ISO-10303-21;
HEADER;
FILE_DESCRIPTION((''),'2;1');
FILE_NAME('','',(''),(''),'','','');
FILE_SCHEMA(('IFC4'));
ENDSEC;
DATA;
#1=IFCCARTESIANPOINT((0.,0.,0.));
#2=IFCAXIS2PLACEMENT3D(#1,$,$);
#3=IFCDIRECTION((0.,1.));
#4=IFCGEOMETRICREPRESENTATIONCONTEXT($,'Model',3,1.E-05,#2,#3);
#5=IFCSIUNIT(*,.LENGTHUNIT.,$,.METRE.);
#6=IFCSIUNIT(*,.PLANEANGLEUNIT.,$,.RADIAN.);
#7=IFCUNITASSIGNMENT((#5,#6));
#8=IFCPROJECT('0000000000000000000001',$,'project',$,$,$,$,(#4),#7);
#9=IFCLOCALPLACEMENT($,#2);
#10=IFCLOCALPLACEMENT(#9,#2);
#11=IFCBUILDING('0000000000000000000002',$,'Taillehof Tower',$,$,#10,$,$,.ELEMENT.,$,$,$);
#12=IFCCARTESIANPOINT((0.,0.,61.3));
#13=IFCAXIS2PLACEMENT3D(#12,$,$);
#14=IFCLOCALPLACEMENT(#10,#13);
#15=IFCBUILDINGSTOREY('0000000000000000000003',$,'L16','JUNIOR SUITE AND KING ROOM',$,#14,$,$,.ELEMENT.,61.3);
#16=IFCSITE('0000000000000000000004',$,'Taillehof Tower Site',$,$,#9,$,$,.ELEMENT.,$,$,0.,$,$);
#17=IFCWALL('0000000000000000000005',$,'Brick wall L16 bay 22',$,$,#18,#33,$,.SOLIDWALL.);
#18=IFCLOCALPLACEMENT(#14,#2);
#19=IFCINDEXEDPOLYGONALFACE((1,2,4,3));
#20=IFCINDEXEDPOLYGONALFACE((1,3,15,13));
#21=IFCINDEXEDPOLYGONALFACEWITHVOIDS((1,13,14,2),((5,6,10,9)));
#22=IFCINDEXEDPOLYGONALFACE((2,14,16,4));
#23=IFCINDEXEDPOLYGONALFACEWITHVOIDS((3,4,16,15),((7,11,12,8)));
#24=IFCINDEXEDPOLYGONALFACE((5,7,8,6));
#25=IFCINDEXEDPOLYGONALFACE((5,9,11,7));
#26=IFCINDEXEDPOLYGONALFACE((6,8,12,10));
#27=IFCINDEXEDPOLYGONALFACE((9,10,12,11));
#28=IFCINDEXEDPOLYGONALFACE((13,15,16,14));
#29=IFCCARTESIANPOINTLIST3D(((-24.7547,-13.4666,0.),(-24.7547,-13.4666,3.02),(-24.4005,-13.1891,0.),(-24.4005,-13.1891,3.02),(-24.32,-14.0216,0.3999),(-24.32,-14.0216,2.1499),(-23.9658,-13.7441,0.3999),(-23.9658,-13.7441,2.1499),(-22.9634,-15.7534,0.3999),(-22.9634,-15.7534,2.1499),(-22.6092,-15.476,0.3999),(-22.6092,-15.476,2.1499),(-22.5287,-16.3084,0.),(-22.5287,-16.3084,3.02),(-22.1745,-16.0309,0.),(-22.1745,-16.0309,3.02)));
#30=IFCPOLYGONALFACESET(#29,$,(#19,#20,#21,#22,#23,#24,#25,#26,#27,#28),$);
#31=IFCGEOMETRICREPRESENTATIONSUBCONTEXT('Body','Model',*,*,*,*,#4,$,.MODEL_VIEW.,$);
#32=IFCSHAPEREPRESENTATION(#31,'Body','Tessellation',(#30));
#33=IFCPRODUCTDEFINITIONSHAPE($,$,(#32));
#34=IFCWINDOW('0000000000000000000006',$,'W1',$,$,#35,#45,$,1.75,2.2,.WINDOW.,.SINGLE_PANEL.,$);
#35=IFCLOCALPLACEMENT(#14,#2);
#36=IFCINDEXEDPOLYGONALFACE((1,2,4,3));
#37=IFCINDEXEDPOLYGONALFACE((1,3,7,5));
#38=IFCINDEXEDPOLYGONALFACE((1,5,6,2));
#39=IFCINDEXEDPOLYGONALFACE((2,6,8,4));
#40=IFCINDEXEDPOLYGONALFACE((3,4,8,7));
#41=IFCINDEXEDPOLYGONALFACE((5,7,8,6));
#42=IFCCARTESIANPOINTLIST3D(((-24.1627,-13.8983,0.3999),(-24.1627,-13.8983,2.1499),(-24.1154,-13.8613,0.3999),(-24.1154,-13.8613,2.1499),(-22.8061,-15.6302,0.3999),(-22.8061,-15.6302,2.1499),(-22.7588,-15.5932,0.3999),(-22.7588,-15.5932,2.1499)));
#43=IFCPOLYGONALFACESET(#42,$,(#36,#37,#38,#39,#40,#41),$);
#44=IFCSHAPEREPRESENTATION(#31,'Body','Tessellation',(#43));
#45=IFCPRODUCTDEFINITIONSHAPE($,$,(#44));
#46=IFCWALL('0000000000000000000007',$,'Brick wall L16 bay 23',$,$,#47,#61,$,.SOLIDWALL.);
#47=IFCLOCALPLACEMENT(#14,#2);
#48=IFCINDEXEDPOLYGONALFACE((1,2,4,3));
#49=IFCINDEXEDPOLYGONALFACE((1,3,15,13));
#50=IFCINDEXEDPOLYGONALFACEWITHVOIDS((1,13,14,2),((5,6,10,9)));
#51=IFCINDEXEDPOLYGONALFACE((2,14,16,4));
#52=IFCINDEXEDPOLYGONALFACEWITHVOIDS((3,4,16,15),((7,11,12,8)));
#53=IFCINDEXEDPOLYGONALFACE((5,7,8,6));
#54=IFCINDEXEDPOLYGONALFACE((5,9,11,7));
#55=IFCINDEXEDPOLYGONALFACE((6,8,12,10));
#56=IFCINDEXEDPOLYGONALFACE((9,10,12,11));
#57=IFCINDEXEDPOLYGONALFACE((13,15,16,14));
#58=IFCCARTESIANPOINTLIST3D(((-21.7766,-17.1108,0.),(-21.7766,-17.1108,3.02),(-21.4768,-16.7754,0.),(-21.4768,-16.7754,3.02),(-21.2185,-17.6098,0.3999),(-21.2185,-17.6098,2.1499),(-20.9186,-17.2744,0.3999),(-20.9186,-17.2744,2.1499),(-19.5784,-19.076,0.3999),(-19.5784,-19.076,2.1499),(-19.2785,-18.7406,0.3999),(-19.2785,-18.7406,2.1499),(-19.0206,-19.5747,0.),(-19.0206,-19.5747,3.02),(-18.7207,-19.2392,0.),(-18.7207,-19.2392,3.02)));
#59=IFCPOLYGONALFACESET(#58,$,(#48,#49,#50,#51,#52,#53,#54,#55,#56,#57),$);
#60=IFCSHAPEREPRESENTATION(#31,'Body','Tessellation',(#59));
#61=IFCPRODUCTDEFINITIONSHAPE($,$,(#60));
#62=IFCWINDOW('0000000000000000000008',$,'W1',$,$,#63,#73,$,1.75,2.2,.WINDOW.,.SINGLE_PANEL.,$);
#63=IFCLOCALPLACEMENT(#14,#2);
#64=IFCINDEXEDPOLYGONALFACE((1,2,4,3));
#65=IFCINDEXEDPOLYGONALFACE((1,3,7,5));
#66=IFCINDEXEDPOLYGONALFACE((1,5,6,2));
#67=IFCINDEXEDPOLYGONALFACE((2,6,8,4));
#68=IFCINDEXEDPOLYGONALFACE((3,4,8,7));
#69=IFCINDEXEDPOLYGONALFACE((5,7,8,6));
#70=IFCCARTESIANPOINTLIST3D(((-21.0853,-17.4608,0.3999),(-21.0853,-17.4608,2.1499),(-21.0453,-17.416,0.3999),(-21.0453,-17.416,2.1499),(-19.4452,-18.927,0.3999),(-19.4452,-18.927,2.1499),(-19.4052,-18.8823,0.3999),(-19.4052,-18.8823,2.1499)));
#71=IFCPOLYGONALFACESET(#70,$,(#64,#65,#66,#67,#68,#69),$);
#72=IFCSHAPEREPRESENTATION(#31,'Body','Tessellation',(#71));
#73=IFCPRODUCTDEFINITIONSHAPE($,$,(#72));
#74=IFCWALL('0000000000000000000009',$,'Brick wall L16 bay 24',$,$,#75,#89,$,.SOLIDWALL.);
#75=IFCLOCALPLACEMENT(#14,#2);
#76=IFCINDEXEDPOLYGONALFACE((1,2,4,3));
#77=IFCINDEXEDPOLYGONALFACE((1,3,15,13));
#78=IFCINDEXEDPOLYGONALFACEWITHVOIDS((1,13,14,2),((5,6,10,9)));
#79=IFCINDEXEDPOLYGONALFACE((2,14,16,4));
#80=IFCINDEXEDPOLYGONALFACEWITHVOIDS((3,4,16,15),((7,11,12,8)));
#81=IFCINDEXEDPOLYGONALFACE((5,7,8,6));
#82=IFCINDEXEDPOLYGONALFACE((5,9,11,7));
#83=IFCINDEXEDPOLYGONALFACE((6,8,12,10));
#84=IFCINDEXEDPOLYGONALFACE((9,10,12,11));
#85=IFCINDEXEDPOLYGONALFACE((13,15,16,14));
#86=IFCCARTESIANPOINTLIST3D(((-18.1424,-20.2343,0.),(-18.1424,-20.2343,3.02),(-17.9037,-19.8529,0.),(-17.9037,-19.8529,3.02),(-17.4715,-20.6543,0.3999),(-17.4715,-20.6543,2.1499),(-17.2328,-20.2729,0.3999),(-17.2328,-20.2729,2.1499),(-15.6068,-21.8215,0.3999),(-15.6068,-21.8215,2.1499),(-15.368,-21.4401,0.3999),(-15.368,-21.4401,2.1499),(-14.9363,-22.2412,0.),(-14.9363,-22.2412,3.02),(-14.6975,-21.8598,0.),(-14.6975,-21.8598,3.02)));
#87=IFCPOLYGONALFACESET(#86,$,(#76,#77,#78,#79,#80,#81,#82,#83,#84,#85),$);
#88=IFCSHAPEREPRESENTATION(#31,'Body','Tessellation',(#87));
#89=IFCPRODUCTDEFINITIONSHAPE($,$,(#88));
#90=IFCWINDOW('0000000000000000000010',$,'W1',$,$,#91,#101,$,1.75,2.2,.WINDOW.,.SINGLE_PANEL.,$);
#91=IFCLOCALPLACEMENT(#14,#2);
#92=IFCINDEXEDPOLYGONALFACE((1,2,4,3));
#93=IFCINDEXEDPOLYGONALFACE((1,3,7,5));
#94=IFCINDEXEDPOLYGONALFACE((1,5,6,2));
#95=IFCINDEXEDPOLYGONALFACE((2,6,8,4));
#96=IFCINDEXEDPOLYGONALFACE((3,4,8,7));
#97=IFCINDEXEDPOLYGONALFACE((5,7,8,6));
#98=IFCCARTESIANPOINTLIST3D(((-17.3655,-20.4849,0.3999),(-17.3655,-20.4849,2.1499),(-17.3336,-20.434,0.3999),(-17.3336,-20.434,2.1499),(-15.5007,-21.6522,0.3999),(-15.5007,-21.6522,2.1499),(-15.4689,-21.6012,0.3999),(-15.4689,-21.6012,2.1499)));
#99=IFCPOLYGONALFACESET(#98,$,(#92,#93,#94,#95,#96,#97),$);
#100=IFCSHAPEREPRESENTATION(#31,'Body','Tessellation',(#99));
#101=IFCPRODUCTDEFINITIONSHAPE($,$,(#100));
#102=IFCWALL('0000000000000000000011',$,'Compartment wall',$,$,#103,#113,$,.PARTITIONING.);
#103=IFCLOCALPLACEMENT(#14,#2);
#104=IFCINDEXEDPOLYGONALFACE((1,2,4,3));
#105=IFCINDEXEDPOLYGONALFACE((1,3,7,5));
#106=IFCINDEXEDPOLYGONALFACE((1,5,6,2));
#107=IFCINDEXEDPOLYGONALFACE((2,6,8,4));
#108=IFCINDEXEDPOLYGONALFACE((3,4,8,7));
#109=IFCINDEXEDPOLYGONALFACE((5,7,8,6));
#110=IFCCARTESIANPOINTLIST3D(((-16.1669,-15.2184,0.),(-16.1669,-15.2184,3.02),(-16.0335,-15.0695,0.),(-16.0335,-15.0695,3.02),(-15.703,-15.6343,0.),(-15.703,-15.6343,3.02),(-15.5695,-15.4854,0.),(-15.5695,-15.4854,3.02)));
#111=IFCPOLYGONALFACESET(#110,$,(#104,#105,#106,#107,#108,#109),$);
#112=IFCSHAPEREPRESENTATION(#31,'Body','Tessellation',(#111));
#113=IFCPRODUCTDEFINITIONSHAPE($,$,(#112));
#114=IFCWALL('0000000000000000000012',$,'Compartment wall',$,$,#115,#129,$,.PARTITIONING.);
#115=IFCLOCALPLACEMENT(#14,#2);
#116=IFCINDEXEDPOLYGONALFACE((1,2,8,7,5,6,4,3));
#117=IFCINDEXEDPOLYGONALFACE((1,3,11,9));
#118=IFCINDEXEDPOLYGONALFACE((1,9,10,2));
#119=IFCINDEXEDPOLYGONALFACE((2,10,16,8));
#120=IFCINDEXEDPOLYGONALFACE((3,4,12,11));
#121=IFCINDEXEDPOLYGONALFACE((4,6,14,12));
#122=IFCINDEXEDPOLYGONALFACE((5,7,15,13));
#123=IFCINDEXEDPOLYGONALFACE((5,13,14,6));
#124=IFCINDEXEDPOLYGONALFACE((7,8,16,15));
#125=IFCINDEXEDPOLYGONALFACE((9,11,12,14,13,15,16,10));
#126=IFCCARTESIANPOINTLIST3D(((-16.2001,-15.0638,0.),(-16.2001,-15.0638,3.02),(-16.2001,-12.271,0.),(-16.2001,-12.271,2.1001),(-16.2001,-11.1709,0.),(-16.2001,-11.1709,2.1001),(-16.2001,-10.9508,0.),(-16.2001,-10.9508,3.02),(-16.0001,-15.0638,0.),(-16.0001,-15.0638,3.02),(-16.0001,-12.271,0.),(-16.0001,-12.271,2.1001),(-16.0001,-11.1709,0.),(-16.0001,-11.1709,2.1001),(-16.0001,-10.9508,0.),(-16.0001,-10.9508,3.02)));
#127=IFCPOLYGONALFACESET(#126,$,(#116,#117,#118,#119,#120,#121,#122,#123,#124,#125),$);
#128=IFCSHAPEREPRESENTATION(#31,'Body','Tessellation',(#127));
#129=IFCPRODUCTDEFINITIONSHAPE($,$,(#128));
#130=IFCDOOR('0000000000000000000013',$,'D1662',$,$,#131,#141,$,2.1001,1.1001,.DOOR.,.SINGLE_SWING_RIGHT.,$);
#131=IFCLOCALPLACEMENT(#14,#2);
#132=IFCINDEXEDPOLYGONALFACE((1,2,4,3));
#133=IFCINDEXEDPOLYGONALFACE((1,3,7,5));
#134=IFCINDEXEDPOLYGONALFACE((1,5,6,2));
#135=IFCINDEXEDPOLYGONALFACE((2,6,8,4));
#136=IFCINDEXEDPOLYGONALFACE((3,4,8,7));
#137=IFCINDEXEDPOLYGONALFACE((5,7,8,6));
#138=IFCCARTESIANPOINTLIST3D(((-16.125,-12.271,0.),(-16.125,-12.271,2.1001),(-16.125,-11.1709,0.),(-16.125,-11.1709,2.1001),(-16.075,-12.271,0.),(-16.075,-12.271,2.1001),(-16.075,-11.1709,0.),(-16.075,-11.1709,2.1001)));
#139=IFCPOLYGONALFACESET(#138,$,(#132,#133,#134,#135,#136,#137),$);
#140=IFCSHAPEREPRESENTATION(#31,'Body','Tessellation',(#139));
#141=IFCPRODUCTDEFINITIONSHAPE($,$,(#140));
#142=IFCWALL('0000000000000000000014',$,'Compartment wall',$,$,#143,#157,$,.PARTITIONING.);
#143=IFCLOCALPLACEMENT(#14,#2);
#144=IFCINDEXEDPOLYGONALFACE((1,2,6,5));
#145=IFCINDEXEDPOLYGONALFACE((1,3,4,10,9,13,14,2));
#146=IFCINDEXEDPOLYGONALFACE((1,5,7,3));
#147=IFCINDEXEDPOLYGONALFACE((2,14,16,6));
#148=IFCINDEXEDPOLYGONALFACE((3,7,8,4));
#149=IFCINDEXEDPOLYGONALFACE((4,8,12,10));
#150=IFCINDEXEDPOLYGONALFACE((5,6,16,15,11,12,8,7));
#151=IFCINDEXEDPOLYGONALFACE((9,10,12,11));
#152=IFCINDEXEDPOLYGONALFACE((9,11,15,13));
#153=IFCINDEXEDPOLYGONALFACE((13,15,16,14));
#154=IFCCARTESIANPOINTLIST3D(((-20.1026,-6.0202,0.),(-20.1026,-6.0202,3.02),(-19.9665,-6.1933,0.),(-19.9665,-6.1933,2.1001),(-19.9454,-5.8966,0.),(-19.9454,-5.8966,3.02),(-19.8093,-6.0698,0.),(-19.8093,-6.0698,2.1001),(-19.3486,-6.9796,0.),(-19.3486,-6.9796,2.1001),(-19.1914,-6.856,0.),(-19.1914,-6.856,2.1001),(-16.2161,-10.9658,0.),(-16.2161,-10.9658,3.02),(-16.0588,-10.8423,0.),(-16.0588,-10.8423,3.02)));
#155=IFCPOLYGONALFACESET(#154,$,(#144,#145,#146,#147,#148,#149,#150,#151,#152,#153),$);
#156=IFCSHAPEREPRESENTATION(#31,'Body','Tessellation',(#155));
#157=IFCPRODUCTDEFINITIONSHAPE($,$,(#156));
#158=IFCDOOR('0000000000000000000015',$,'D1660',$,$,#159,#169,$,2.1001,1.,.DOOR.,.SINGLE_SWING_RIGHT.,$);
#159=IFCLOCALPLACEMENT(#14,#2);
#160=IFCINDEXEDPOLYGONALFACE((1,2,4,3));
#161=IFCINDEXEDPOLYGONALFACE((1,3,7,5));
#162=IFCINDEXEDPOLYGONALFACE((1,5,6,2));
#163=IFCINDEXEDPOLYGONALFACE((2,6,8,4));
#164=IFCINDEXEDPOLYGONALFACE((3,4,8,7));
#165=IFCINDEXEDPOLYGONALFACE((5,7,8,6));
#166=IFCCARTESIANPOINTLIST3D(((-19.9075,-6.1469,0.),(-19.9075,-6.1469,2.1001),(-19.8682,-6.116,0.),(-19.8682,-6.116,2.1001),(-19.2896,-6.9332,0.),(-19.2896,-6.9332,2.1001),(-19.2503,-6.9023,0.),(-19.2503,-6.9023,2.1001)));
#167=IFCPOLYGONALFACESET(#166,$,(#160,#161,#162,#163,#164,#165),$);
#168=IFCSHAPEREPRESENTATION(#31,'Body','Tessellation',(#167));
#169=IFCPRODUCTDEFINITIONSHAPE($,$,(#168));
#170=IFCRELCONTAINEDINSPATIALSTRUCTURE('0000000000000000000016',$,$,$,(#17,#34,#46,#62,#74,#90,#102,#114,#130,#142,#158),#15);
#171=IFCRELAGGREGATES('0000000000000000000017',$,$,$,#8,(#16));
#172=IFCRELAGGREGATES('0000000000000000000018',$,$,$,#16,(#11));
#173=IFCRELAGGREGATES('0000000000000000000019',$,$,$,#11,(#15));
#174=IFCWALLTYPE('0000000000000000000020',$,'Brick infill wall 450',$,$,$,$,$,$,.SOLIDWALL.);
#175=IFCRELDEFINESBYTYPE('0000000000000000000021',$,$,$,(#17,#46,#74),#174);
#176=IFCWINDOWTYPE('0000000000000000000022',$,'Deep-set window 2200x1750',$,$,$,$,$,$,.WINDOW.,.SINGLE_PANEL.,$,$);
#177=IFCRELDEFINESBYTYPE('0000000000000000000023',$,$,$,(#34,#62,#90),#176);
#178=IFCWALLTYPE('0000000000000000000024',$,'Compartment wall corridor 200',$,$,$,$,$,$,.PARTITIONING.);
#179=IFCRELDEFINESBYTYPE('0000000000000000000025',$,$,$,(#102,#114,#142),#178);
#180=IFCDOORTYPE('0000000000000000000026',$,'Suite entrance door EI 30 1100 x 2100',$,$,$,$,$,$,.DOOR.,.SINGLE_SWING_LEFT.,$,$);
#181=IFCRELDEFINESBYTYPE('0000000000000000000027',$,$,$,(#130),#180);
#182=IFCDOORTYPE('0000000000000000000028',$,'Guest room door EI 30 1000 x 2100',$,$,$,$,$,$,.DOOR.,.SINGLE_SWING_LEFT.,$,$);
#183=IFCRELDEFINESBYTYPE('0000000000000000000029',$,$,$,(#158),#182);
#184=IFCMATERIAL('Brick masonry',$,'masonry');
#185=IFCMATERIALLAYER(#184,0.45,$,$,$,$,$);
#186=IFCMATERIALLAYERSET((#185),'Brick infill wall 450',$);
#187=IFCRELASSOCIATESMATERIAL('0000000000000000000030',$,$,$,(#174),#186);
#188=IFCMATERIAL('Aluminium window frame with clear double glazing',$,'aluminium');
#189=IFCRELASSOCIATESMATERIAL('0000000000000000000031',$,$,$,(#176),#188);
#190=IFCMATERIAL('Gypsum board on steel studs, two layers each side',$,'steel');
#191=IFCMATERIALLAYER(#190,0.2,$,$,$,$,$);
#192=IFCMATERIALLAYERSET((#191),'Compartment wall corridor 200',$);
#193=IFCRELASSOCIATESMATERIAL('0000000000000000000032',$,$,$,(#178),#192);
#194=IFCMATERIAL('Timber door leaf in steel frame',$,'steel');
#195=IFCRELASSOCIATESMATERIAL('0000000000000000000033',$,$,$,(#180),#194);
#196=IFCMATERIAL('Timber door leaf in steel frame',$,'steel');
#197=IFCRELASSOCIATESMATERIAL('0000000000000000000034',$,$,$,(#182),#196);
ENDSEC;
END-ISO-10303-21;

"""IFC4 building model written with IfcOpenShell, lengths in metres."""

from ifc_helpers import new_model, si_unit, direction, frame, frame_2d, origin, place, context, subcontext, project, spatial, rectangle, extrude, material, layer, layer_set, type_object, element, fill, save


model = new_model("IFC4")

# Units and contexts
model_context = context("Model", 3, precision=1e-05, world=origin(), true_north=direction((0.0, 1.0)))
body_context = subcontext(model_context, "Body", "Model", "MODEL_VIEW")
ifc_project = project(units=[si_unit("LENGTHUNIT", "METRE"), si_unit("PLANEANGLEUNIT", "RADIAN")], contexts=[model_context])

# Site, building, storey
site_placement = place(None, origin())
site = spatial("IfcSite", under=ifc_project, at=site_placement, Name="Taillehof Tower Site", CompositionType="ELEMENT", RefElevation=0.0)
building_placement = place(site_placement, origin())
building = spatial("IfcBuilding", under=site, at=building_placement, Name="Taillehof Tower", CompositionType="ELEMENT")
storey_placement = place(building_placement, frame((0.0, 0.0, 61.3)))
storey = spatial("IfcBuildingStorey", under=building, at=storey_placement, Name="L16", Description="JUNIOR SUITE AND KING ROOM", CompositionType="ELEMENT", Elevation=61.3)

# Walls, openings, windows
ifc_material_1 = material(Name="Brick masonry", Category="masonry")
ifc_layer_1 = layer(ifc_material_1, 0.45)
ifc_layer_set_1 = layer_set([ifc_layer_1], Name="Brick infill wall 450")
wall_type_1 = type_object("IfcWallType", Name="Brick infill wall 450", PredefinedType="SOLIDWALL", material=ifc_layer_set_1)
ifc_material_2 = material(Name="Aluminium window frame with clear double glazing", Category="aluminium")
window_type = type_object("IfcWindowType", Name="Deep-set window 2200x1750", PartitioningType="SINGLE_PANEL", PredefinedType="WINDOW", material=ifc_material_2)
wall_1_placement = place(storey_placement, frame((-24.5776, -13.3279, 0.0), z_axis=(0.0, 0.0, 1.0), x_axis=(0.616662, -0.787228, 0.0)))
wall_1 = element("IfcWall", 1, at=wall_1_placement, inside=storey, type_object=wall_type_1, Name="Brick wall L16 bay 22", PredefinedType="SOLIDWALL", context=body_context, shape_type="SweptSolid", body=[
    extrude(rectangle(XDim=3.6099, YDim=0.45, at=frame_2d((1.8049, 0.0))), origin(), (0.0, 0.0, 1.0), 3.02),
])
opening_1_placement = place(wall_1_placement, frame((0.7048, 0.0, 0.3999)))
opening_1 = element("IfcOpeningElement", 2, at=opening_1_placement, cuts=wall_1, PredefinedType="OPENING", context=body_context, shape_type="SweptSolid", body=[
    extrude(rectangle(XDim=2.2, YDim=1.75, at=frame_2d((1.1001, 0.875))), frame((0.0, 0.2349, 0.0), z_axis=(0.0, -1.0, 0.0), x_axis=(1.0, 0.0, 0.0)), (0.0, 0.0, 1.0), 0.47),
])
window_1_placement = place(opening_1_placement, origin())
window_1 = element("IfcWindow", 3, at=window_1_placement, inside=storey, type_object=window_type, Name="W1", OverallHeight=1.75, OverallWidth=2.2, PartitioningType="SINGLE_PANEL", PredefinedType="WINDOW", context=body_context, shape_type="SweptSolid", body=[
    extrude(rectangle(XDim=2.2, YDim=1.75, at=frame_2d((1.1001, 0.875))), frame((0.0, 0.0349, 0.0), z_axis=(0.0, -1.0, 0.0), x_axis=(1.0, 0.0, 0.0)), (0.0, 0.0, 1.0), 0.0601),
])
fill(opening_1, window_1)
wall_2_placement = place(storey_placement, frame((-21.6267, -16.9431, 0.0), z_axis=(0.0, 0.0, 1.0), x_axis=(0.745526, -0.666476, 0.0)))
wall_2 = element("IfcWall", 4, at=wall_2_placement, inside=storey, type_object=wall_type_1, Name="Brick wall L16 bay 23", PredefinedType="SOLIDWALL", context=body_context, shape_type="SweptSolid", body=[
    extrude(rectangle(XDim=3.6968, YDim=0.45, at=frame_2d((1.8484, 0.0))), origin(), (0.0, 0.0, 1.0), 3.02),
])
opening_2_placement = place(wall_2_placement, frame((0.7485, 0.0, 0.3999)))
opening_2 = element("IfcOpeningElement", 5, at=opening_2_placement, cuts=wall_2, PredefinedType="OPENING", context=body_context, shape_type="SweptSolid", body=[
    extrude(rectangle(XDim=2.2, YDim=1.75, at=frame_2d((1.1001, 0.875))), frame((0.0, 0.2349, 0.0), z_axis=(0.0, -1.0, 0.0), x_axis=(1.0, 0.0, 0.0)), (0.0, 0.0, 1.0), 0.47),
])
window_2_placement = place(opening_2_placement, origin())
window_2 = element("IfcWindow", 6, at=window_2_placement, inside=storey, type_object=window_type, Name="W1", OverallHeight=1.75, OverallWidth=2.2, PartitioningType="SINGLE_PANEL", PredefinedType="WINDOW", context=body_context, shape_type="SweptSolid", body=[
    extrude(rectangle(XDim=2.2, YDim=1.75, at=frame_2d((1.1001, 0.875))), frame((0.0, 0.0349, 0.0), z_axis=(0.0, -1.0, 0.0), x_axis=(1.0, 0.0, 0.0)), (0.0, 0.0, 1.0), 0.0601),
])
fill(opening_2, window_2)
wall_3_placement = place(storey_placement, frame((-18.0229, -20.0437, 0.0), z_axis=(0.0, 0.0, 1.0), x_axis=(0.847635, -0.530579, 0.0)))
wall_3 = element("IfcWall", 7, at=wall_3_placement, inside=storey, type_object=wall_type_1, Name="Brick wall L16 bay 24", PredefinedType="SOLIDWALL", context=body_context, shape_type="SweptSolid", body=[
    extrude(rectangle(XDim=3.7825, YDim=0.45, at=frame_2d((1.8911, 0.0))), origin(), (0.0, 0.0, 1.0), 3.02),
])
opening_3_placement = place(wall_3_placement, frame((0.7913, 0.0, 0.3999)))
opening_3 = element("IfcOpeningElement", 8, at=opening_3_placement, cuts=wall_3, PredefinedType="OPENING", context=body_context, shape_type="SweptSolid", body=[
    extrude(rectangle(XDim=2.2, YDim=1.75, at=frame_2d((1.1001, 0.875))), frame((0.0, 0.2349, 0.0), z_axis=(0.0, -1.0, 0.0), x_axis=(1.0, 0.0, 0.0)), (0.0, 0.0, 1.0), 0.47),
])
window_3_placement = place(opening_3_placement, origin())
window_3 = element("IfcWindow", 9, at=window_3_placement, inside=storey, type_object=window_type, Name="W1", OverallHeight=1.75, OverallWidth=2.2, PartitioningType="SINGLE_PANEL", PredefinedType="WINDOW", context=body_context, shape_type="SweptSolid", body=[
    extrude(rectangle(XDim=2.2, YDim=1.75, at=frame_2d((1.1001, 0.875))), frame((0.0, 0.0349, 0.0), z_axis=(0.0, -1.0, 0.0), x_axis=(1.0, 0.0, 0.0)), (0.0, 0.0, 1.0), 0.0601),
])
fill(opening_3, window_3)

# Wall
ifc_material_3 = material(Name="Gypsum board on steel studs, two layers each side", Category="steel")
ifc_layer_2 = layer(ifc_material_3, 0.2)
ifc_layer_set_2 = layer_set([ifc_layer_2], Name="Compartment wall corridor 200")
wall_type_2 = type_object("IfcWallType", Name="Compartment wall corridor 200", PredefinedType="PARTITIONING", material=ifc_layer_set_2)
wall_4_placement = place(storey_placement, frame((-15.6362, -15.5598, 0.0), z_axis=(0.0, 0.0, 1.0), x_axis=(-0.744657, 0.667448, 0.0)))
element("IfcWall", 10, at=wall_4_placement, inside=storey, type_object=wall_type_2, Name="Compartment wall", PredefinedType="PARTITIONING", context=body_context, shape_type="SweptSolid", body=[
    extrude(rectangle(XDim=0.623, YDim=0.2, at=frame_2d((0.3115, 0.0))), origin(), (0.0, 0.0, 1.0), 3.02),
])

# Walls, openings, doors
wall_5_placement = place(storey_placement, frame((-16.1001, -15.064, 0.0), z_axis=(0.0, 0.0, 1.0), x_axis=(0.0, 1.0, 0.0)))
wall_5 = element("IfcWall", 11, at=wall_5_placement, inside=storey, type_object=wall_type_2, Name="Compartment wall", PredefinedType="PARTITIONING", context=body_context, shape_type="SweptSolid", body=[
    extrude(rectangle(XDim=4.113, YDim=0.2, at=frame_2d((2.0566, 0.0))), origin(), (0.0, 0.0, 1.0), 3.02),
])
opening_4_placement = place(wall_5_placement, frame((2.793, 0.0, 0.0)))
opening_4 = element("IfcOpeningElement", 12, at=opening_4_placement, cuts=wall_5, PredefinedType="OPENING", context=body_context, shape_type="SweptSolid", body=[
    extrude(rectangle(XDim=1.1001, YDim=2.1001, at=frame_2d((0.55, 1.05))), frame((0.0, 0.1099, 0.0), z_axis=(0.0, -1.0, 0.0), x_axis=(1.0, 0.0, 0.0)), (0.0, 0.0, 1.0), 0.22),
])
ifc_material_4 = material(Name="Timber door leaf in steel frame", Category="steel")
door_type_1 = type_object("IfcDoorType", Name="Suite entrance door EI 30 1100 x 2100", OperationType="SINGLE_SWING_LEFT", PredefinedType="DOOR", material=ifc_material_4)
door_1_placement = place(opening_4_placement, origin())
door_1 = element("IfcDoor", 13, at=door_1_placement, inside=storey, type_object=door_type_1, Name="D1662", OperationType="SINGLE_SWING_RIGHT", OverallHeight=2.1001, OverallWidth=1.1001, PredefinedType="DOOR", context=body_context, shape_type="SweptSolid", body=[
    extrude(rectangle(XDim=1.1001, YDim=2.1001, at=frame_2d((0.55, 1.05))), frame((0.0, 0.0249, 0.0), z_axis=(0.0, -1.0, 0.0), x_axis=(1.0, 0.0, 0.0)), (0.0, 0.0, 1.0), 0.05),
])
fill(opening_4, door_1)
wall_6_placement = place(storey_placement, frame((-16.1375, -10.9041, 0.0), z_axis=(0.0, 0.0, 1.0), x_axis=(-0.617888, 0.786266, 0.0)))
wall_6 = element("IfcWall", 14, at=wall_6_placement, inside=storey, type_object=wall_type_2, Name="Compartment wall", PredefinedType="PARTITIONING", context=body_context, shape_type="SweptSolid", body=[
    extrude(rectangle(XDim=6.29, YDim=0.2, at=frame_2d((3.145, 0.0))), origin(), (0.0, 0.0, 1.0), 3.02),
])
opening_5_placement = place(wall_6_placement, frame((5.0698, 0.0, 0.0)))
opening_5 = element("IfcOpeningElement", 15, at=opening_5_placement, cuts=wall_6, PredefinedType="OPENING", context=body_context, shape_type="SweptSolid", body=[
    extrude(rectangle(XDim=1.0, YDim=2.1001, at=frame_2d((0.5, 1.05))), frame((0.0, 0.1099, 0.0), z_axis=(0.0, -1.0, 0.0), x_axis=(1.0, 0.0, 0.0)), (0.0, 0.0, 1.0), 0.22),
])
ifc_material_5 = material(Name="Timber door leaf in steel frame", Category="steel")
door_type_2 = type_object("IfcDoorType", Name="Guest room door EI 30 1000 x 2100", OperationType="SINGLE_SWING_LEFT", PredefinedType="DOOR", material=ifc_material_5)
door_2_placement = place(opening_5_placement, origin())
door_2 = element("IfcDoor", 16, at=door_2_placement, inside=storey, type_object=door_type_2, Name="D1660", OperationType="SINGLE_SWING_RIGHT", OverallHeight=2.1001, OverallWidth=1.0, PredefinedType="DOOR", context=body_context, shape_type="SweptSolid", body=[
    extrude(rectangle(XDim=1.0, YDim=2.1001, at=frame_2d((0.5, 1.05))), frame((0.0, 0.0249, 0.0), z_axis=(0.0, -1.0, 0.0), x_axis=(1.0, 0.0, 0.0)), (0.0, 0.0, 1.0), 0.05),
])
fill(opening_5, door_2)

save(model, "model.ifc")
